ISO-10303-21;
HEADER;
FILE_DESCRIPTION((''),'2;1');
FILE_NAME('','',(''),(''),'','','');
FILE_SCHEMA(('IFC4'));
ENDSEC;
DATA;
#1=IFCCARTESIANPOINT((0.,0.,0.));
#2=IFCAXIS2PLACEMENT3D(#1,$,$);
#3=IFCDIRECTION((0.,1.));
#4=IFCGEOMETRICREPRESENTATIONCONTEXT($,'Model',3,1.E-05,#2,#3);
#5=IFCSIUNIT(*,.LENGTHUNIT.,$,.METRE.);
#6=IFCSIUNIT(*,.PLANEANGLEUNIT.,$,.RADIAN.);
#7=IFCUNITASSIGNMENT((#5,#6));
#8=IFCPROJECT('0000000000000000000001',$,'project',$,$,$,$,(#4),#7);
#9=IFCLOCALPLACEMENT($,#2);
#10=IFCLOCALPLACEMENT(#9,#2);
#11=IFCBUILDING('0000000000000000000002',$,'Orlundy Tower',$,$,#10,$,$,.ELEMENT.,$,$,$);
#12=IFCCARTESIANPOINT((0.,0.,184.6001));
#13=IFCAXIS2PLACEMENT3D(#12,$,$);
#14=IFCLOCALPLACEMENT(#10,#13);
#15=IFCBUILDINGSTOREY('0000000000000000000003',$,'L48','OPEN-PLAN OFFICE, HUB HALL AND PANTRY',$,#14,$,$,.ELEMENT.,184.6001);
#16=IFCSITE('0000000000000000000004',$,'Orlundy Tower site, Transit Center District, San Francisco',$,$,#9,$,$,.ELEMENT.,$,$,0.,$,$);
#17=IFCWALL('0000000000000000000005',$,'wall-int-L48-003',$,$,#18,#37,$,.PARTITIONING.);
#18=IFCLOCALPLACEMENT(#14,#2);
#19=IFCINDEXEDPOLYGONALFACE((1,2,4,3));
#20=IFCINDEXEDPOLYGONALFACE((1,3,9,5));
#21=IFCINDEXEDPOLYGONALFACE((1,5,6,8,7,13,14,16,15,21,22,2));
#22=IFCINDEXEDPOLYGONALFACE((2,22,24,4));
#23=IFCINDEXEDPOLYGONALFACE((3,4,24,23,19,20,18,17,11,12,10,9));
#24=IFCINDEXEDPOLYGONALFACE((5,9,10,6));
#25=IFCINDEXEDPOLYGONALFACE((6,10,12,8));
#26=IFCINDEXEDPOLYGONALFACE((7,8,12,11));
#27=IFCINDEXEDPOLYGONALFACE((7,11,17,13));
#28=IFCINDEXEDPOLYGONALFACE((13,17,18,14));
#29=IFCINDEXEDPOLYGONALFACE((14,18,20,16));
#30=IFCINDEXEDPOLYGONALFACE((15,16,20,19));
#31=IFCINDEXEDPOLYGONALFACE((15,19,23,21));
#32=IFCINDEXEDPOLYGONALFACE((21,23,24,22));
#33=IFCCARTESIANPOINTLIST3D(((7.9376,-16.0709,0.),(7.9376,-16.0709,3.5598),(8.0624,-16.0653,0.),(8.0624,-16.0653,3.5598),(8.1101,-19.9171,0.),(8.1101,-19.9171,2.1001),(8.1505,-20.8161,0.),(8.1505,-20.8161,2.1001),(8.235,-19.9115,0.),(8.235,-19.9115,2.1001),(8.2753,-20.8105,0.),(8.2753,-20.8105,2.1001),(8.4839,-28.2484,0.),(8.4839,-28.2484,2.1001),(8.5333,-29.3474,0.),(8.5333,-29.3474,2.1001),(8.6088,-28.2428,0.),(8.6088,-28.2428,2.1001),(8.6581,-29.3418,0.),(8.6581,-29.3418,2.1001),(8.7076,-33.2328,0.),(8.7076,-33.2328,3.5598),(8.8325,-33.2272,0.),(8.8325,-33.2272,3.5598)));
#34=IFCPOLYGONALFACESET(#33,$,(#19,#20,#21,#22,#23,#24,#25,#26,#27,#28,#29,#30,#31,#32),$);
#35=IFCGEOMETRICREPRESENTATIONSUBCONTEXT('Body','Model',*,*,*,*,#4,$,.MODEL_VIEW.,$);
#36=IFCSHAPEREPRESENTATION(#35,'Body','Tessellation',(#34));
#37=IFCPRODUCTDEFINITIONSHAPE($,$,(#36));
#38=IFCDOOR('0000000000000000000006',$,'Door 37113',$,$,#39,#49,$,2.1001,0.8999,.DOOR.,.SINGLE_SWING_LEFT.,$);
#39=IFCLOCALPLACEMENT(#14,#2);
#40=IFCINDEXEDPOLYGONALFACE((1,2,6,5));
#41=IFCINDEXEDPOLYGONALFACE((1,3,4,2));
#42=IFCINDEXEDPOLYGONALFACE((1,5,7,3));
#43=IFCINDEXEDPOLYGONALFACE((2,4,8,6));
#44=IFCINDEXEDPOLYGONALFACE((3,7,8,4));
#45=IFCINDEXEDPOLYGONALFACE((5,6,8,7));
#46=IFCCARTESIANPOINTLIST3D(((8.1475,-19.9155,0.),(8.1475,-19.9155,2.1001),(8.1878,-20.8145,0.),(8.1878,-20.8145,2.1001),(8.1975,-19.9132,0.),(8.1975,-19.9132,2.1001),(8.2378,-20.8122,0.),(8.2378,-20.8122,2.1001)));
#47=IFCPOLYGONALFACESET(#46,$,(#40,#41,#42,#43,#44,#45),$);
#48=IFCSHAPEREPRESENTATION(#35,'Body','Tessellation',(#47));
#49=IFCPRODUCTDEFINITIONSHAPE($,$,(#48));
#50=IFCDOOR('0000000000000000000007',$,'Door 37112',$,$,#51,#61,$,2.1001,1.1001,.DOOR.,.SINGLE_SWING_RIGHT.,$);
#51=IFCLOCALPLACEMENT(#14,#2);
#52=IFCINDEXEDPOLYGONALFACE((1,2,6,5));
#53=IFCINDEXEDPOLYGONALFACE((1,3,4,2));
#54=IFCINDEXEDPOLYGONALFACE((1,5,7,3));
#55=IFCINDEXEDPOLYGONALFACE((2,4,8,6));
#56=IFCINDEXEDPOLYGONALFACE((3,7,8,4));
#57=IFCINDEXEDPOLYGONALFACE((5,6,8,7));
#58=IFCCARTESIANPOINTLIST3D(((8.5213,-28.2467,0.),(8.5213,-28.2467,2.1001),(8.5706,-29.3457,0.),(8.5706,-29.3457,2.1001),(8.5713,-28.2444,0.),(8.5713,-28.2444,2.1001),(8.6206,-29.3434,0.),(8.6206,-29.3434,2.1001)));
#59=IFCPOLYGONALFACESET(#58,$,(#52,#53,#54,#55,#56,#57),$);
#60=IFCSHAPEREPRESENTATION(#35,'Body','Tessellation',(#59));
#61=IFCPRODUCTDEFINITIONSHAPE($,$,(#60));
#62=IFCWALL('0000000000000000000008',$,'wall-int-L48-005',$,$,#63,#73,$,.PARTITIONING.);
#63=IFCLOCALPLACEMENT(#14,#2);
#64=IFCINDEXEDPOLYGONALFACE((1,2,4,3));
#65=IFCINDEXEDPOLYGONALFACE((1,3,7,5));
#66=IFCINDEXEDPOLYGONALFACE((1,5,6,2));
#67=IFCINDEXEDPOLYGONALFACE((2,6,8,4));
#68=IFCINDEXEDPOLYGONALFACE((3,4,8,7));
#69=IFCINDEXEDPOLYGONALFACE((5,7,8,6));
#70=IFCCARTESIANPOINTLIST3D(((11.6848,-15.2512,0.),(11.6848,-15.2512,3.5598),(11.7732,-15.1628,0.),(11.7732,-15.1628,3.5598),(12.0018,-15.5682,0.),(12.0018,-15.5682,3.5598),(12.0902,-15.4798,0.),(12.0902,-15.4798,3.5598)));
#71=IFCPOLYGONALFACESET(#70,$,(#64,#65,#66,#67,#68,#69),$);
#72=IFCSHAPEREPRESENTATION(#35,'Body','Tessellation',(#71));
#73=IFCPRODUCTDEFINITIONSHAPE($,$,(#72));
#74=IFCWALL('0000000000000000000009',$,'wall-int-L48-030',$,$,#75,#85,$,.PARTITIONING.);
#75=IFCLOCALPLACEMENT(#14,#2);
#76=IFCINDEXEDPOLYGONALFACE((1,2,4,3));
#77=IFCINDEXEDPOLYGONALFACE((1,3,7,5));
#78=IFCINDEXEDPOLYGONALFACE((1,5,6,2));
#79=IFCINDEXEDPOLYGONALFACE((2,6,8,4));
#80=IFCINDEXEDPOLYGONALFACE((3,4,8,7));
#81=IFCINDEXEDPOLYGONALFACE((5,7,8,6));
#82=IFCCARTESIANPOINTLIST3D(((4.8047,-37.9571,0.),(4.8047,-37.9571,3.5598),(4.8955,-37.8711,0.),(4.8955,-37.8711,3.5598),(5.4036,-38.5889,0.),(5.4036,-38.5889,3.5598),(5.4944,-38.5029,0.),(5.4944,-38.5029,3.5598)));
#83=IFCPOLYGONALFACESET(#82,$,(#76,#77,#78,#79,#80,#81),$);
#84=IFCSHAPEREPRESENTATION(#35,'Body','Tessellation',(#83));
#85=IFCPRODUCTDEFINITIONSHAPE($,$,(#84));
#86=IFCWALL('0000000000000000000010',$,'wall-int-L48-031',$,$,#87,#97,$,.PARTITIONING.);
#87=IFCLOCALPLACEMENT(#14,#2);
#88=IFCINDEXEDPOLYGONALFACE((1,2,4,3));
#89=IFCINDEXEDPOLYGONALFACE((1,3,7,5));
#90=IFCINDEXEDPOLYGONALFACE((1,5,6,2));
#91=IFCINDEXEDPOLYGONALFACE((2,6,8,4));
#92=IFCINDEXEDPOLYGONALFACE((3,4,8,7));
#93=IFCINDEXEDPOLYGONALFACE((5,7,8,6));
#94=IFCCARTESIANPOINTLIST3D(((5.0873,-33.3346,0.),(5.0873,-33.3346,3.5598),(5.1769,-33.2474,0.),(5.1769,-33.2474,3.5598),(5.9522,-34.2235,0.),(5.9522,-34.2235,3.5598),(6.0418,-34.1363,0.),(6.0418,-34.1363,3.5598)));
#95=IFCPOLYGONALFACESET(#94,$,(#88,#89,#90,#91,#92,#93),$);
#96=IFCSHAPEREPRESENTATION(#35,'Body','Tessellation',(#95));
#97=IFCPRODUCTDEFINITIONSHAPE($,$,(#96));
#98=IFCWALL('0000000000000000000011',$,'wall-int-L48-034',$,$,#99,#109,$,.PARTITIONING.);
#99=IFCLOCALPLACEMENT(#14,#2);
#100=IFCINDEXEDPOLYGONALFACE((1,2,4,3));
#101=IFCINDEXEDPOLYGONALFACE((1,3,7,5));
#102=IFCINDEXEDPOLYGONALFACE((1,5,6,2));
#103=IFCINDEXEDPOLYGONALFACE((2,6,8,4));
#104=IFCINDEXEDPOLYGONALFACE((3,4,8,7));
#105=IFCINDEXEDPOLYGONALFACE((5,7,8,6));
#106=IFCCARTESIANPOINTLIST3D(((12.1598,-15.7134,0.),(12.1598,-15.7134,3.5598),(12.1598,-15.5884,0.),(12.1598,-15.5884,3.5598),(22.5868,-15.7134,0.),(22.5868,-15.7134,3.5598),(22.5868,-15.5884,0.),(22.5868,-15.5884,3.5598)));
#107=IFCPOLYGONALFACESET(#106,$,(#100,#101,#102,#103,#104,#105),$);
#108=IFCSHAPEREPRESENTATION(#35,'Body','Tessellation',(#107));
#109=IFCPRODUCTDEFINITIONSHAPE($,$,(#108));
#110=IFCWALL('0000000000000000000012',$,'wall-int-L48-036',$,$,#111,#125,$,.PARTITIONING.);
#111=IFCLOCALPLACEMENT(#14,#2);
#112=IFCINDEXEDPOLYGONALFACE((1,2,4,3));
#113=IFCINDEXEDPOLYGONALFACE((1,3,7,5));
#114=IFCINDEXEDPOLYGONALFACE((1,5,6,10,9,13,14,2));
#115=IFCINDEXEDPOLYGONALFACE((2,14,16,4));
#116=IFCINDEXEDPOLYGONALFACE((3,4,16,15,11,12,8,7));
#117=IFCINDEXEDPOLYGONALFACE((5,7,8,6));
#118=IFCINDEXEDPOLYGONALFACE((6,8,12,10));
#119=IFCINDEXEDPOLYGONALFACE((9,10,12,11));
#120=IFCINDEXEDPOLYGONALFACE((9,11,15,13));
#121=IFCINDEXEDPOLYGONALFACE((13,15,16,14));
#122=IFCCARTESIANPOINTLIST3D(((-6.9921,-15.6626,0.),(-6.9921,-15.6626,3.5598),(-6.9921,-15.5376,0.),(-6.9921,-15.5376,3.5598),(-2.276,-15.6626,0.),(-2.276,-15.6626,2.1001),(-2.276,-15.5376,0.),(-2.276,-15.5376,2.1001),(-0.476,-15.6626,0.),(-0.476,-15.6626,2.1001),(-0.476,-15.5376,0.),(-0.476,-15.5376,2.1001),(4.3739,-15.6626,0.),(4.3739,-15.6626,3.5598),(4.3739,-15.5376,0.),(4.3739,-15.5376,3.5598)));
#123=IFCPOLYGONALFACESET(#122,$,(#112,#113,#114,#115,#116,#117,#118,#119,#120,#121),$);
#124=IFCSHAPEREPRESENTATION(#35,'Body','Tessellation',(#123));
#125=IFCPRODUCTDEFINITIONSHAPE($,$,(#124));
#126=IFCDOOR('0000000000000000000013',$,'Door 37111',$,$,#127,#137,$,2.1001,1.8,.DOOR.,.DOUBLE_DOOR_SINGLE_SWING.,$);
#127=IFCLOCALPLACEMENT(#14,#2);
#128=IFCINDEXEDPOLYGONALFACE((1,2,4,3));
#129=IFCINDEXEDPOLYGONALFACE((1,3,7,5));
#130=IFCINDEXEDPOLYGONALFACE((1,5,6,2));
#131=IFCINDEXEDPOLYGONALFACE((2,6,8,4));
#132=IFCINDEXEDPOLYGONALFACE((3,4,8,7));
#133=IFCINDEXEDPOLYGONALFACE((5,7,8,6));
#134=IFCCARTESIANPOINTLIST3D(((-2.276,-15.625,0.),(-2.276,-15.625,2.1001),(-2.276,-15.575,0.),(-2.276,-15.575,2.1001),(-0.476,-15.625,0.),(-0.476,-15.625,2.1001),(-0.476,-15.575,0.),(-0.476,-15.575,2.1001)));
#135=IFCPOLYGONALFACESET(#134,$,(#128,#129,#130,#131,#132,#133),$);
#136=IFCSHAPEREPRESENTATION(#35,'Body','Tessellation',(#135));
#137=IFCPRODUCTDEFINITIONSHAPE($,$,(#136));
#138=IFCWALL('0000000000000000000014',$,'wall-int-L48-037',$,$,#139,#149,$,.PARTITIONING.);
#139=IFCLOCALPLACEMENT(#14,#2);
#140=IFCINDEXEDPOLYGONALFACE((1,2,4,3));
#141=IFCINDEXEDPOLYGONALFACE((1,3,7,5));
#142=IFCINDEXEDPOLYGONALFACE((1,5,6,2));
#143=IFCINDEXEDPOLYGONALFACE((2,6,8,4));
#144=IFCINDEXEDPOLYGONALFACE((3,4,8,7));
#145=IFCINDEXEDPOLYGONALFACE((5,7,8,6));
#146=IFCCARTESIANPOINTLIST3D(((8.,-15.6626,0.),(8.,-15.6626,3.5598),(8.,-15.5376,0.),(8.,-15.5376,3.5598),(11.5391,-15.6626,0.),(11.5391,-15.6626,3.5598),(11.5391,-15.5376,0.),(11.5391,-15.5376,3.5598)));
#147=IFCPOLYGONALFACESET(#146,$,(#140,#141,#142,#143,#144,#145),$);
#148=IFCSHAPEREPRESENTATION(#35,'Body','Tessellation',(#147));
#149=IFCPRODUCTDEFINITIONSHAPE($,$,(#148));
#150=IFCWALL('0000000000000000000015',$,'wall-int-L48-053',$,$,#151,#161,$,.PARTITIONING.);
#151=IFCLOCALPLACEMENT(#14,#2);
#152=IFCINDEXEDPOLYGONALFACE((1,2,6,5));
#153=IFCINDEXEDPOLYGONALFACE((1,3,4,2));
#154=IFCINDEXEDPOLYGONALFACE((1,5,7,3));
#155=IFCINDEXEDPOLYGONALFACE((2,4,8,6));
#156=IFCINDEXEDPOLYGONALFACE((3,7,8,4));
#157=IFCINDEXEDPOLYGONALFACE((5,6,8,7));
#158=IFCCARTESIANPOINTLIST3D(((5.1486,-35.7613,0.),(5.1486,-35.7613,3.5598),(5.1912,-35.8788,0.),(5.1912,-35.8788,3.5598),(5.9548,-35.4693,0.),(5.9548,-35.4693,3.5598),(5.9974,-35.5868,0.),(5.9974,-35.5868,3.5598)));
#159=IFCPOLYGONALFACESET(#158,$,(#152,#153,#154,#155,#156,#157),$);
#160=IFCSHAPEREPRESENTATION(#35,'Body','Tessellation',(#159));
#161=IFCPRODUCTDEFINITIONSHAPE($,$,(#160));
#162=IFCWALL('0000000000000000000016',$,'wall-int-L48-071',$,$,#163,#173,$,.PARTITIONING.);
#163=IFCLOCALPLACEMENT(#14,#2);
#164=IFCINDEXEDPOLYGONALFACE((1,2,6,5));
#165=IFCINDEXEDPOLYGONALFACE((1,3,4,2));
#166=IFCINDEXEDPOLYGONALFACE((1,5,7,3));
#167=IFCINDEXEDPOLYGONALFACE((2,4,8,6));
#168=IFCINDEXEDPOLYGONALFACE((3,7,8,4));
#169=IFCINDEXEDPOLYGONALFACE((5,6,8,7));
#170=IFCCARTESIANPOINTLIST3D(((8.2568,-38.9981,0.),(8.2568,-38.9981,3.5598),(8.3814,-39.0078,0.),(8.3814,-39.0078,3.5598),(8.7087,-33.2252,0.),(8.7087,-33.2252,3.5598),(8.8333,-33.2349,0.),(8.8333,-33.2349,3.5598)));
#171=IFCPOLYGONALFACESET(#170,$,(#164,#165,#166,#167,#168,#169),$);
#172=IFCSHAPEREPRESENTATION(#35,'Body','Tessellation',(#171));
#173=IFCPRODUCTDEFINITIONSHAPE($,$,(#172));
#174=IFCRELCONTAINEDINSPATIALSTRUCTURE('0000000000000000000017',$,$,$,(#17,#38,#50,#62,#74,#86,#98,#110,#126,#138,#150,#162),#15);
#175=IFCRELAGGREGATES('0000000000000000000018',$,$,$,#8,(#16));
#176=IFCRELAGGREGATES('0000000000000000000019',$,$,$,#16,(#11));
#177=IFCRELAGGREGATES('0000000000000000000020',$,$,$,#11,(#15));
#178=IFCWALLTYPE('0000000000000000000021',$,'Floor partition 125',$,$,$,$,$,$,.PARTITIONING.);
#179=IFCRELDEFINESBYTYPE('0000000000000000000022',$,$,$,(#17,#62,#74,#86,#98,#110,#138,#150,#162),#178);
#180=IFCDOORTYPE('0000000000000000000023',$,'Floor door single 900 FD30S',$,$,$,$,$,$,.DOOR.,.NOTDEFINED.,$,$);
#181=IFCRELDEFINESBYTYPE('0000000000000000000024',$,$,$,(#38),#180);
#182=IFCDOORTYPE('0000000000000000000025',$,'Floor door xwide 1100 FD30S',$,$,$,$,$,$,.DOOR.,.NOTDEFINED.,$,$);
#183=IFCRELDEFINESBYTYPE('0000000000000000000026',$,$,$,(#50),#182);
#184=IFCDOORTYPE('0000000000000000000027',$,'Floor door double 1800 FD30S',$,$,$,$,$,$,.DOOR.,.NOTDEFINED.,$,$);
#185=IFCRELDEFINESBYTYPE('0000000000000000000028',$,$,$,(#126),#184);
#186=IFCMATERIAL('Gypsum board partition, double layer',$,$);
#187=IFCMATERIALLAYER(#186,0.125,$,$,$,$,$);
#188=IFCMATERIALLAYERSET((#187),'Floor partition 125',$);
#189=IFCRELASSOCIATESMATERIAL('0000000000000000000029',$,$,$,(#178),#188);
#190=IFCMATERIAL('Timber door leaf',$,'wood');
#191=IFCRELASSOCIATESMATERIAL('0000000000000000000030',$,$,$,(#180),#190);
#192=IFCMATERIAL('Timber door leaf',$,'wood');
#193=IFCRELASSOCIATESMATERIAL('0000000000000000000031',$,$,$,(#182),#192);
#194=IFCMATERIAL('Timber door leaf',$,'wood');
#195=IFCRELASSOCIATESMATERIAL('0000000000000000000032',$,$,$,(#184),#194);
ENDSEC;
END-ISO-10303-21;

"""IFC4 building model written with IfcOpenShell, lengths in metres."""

from ifc_helpers import new_model, si_unit, direction, frame, frame_2d, origin, place, context, subcontext, project, spatial, rectangle, extrude, material, layer, layer_set, type_object, element, fill, save


model = new_model("IFC4")

# Units and contexts
model_context = context("Model", 3, precision=1e-05, world=origin(), true_north=direction((0.0, 1.0)))
body_context = subcontext(model_context, "Body", "Model", "MODEL_VIEW")
ifc_project = project(units=[si_unit("LENGTHUNIT", "METRE"), si_unit("PLANEANGLEUNIT", "RADIAN")], contexts=[model_context])

# Site, building, storey
site_placement = place(None, origin())
site = spatial("IfcSite", under=ifc_project, at=site_placement, Name="Orlundy Tower site, Transit Center District, San Francisco", CompositionType="ELEMENT", RefElevation=0.0)
building_placement = place(site_placement, origin())
building = spatial("IfcBuilding", under=site, at=building_placement, Name="Orlundy Tower", CompositionType="ELEMENT")
storey_placement = place(building_placement, frame((0.0, 0.0, 184.6001)))
storey = spatial("IfcBuildingStorey", under=building, at=storey_placement, Name="L48", Description="OPEN-PLAN OFFICE, HUB HALL AND PANTRY", CompositionType="ELEMENT", Elevation=184.6001)

# Shared definitions
ifc_material_1 = material(Name="Gypsum board partition, double layer")
ifc_layer_1 = layer(ifc_material_1, 0.125)
ifc_layer_set_1 = layer_set([ifc_layer_1], Name="Floor partition 125")
wall_type_1 = type_object("IfcWallType", Name="Floor partition 125", PredefinedType="PARTITIONING", material=ifc_layer_set_1)

# Wall, openings, doors
wall_1_placement = place(storey_placement, frame((8.0, -16.0681, 0.0), z_axis=(0.0, 0.0, 1.0), x_axis=(0.044823, -0.998995, 0.0)))
wall_1 = element("IfcWall", 1, at=wall_1_placement, inside=storey, type_object=wall_type_1, Name="wall-int-L48-003", PredefinedType="PARTITIONING", context=body_context, shape_type="SweptSolid", body=[
    extrude(rectangle(XDim=17.1792, YDim=0.125, at=frame_2d((8.5896, 0.0))), origin(), (0.0, 0.0, 1.0), 3.5598),
])
opening_1_placement = place(wall_1_placement, frame((12.1897, 0.0, 0.0)))
opening_1 = element("IfcOpeningElement", 2, at=opening_1_placement, cuts=wall_1, PredefinedType="OPENING", context=body_context, shape_type="SweptSolid", body=[
    extrude(rectangle(XDim=1.1001, YDim=2.1001, at=frame_2d((0.55, 1.05))), frame((0.0, 0.0725, 0.0), z_axis=(0.0, -1.0, 0.0), x_axis=(1.0, 0.0, 0.0)), (0.0, 0.0, 1.0), 0.145),
])
opening_2_placement = place(wall_1_placement, frame((3.8501, 0.0, 0.0)))
opening_2 = element("IfcOpeningElement", 3, at=opening_2_placement, cuts=wall_1, PredefinedType="OPENING", context=body_context, shape_type="SweptSolid", body=[
    extrude(rectangle(XDim=0.8999, YDim=2.1001, at=frame_2d((0.45, 1.05))), frame((0.0, 0.0725, 0.0), z_axis=(0.0, -1.0, 0.0), x_axis=(1.0, 0.0, 0.0)), (0.0, 0.0, 1.0), 0.145),
])
ifc_material_2 = material(Name="Timber door leaf", Category="wood")
door_type_1 = type_object("IfcDoorType", Name="Floor door single 900 FD30S", OperationType="NOTDEFINED", PredefinedType="DOOR", material=ifc_material_2)
door_1_placement = place(opening_2_placement, origin())
door_1 = element("IfcDoor", 4, at=door_1_placement, inside=storey, type_object=door_type_1, Name="Door 37113", OperationType="SINGLE_SWING_LEFT", OverallHeight=2.1001, OverallWidth=0.8999, PredefinedType="DOOR", context=body_context, shape_type="SweptSolid", body=[
    extrude(rectangle(XDim=0.8999, YDim=2.1001, at=frame_2d((0.45, 1.05))), frame((0.0, 0.0249, 0.0), z_axis=(0.0, -1.0, 0.0), x_axis=(1.0, 0.0, 0.0)), (0.0, 0.0, 1.0), 0.05),
])
fill(opening_2, door_1)
ifc_material_3 = material(Name="Timber door leaf", Category="wood")
door_type_2 = type_object("IfcDoorType", Name="Floor door xwide 1100 FD30S", OperationType="NOTDEFINED", PredefinedType="DOOR", material=ifc_material_3)
door_2_placement = place(opening_1_placement, origin())
door_2 = element("IfcDoor", 5, at=door_2_placement, inside=storey, type_object=door_type_2, Name="Door 37112", OperationType="SINGLE_SWING_RIGHT", OverallHeight=2.1001, OverallWidth=1.1001, PredefinedType="DOOR", context=body_context, shape_type="SweptSolid", body=[
    extrude(rectangle(XDim=1.1001, YDim=2.1001, at=frame_2d((0.55, 1.05))), frame((0.0, 0.0249, 0.0), z_axis=(0.0, -1.0, 0.0), x_axis=(1.0, 0.0, 0.0)), (0.0, 0.0, 1.0), 0.05),
])
fill(opening_1, door_2)

# Walls
wall_2_placement = place(storey_placement, frame((11.729, -15.207, 0.0), z_axis=(0.0, 0.0, 1.0), x_axis=(0.707107, -0.707107, 0.0)))
element("IfcWall", 6, at=wall_2_placement, inside=storey, type_object=wall_type_1, Name="wall-int-L48-005", PredefinedType="PARTITIONING", context=body_context, shape_type="SweptSolid", body=[
    extrude(rectangle(XDim=0.4482, YDim=0.125, at=frame_2d((0.2241, 0.0))), origin(), (0.0, 0.0, 1.0), 3.5598),
])
wall_3_placement = place(storey_placement, frame((4.8501, -37.9141, 0.0), z_axis=(0.0, 0.0, 1.0), x_axis=(0.687924, -0.725783, 0.0)))
element("IfcWall", 7, at=wall_3_placement, inside=storey, type_object=wall_type_1, Name="wall-int-L48-030", PredefinedType="PARTITIONING", context=body_context, shape_type="SweptSolid", body=[
    extrude(rectangle(XDim=0.8706, YDim=0.125, at=frame_2d((0.4353, 0.0))), origin(), (0.0, 0.0, 1.0), 3.5598),
])
wall_4_placement = place(storey_placement, frame((5.1321, -33.291, 0.0), z_axis=(0.0, 0.0, 1.0), x_axis=(0.697396, -0.716686, 0.0)))
element("IfcWall", 8, at=wall_4_placement, inside=storey, type_object=wall_type_1, Name="wall-int-L48-031", PredefinedType="PARTITIONING", context=body_context, shape_type="SweptSolid", body=[
    extrude(rectangle(XDim=1.2402, YDim=0.125, at=frame_2d((0.6201, 0.0))), origin(), (0.0, 0.0, 1.0), 3.5598),
])
wall_5_placement = place(storey_placement, frame((12.1599, -15.6509, 0.0), z_axis=(0.0, 0.0, 1.0), x_axis=(1.0, 0.0, 0.0)))
element("IfcWall", 9, at=wall_5_placement, inside=storey, type_object=wall_type_1, Name="wall-int-L48-034", PredefinedType="PARTITIONING", context=body_context, shape_type="SweptSolid", body=[
    extrude(rectangle(XDim=10.427, YDim=0.125, at=frame_2d((5.2134, 0.0))), origin(), (0.0, 0.0, 1.0), 3.5598),
])

# Wall, opening, door
wall_6_placement = place(storey_placement, frame((4.374, -15.6001, 0.0), z_axis=(0.0, 0.0, 1.0), x_axis=(-1.0, 0.0, 0.0)))
wall_6 = element("IfcWall", 10, at=wall_6_placement, inside=storey, type_object=wall_type_1, Name="wall-int-L48-036", PredefinedType="PARTITIONING", context=body_context, shape_type="SweptSolid", body=[
    extrude(rectangle(XDim=11.366, YDim=0.125, at=frame_2d((5.6831, 0.0))), origin(), (0.0, 0.0, 1.0), 3.5598),
])
opening_3_placement = place(wall_6_placement, frame((4.8501, 0.0, 0.0)))
opening_3 = element("IfcOpeningElement", 11, at=opening_3_placement, cuts=wall_6, PredefinedType="OPENING", context=body_context, shape_type="SweptSolid", body=[
    extrude(rectangle(XDim=1.8, YDim=2.1001, at=frame_2d((0.8999, 1.05))), frame((0.0, 0.0725, 0.0), z_axis=(0.0, -1.0, 0.0), x_axis=(1.0, 0.0, 0.0)), (0.0, 0.0, 1.0), 0.145),
])
ifc_material_4 = material(Name="Timber door leaf", Category="wood")
door_type_3 = type_object("IfcDoorType", Name="Floor door double 1800 FD30S", OperationType="NOTDEFINED", PredefinedType="DOOR", material=ifc_material_4)
door_3_placement = place(opening_3_placement, origin())
door_3 = element("IfcDoor", 12, at=door_3_placement, inside=storey, type_object=door_type_3, Name="Door 37111", OperationType="DOUBLE_DOOR_SINGLE_SWING", OverallHeight=2.1001, OverallWidth=1.8, PredefinedType="DOOR", context=body_context, shape_type="SweptSolid", body=[
    extrude(rectangle(XDim=1.8, YDim=2.1001, at=frame_2d((0.8999, 1.05))), frame((0.0, 0.0249, 0.0), z_axis=(0.0, -1.0, 0.0), x_axis=(1.0, 0.0, 0.0)), (0.0, 0.0, 1.0), 0.05),
])
fill(opening_3, door_3)

# Walls
wall_7_placement = place(storey_placement, frame((8.0, -15.6001, 0.0), z_axis=(0.0, 0.0, 1.0), x_axis=(1.0, 0.0, 0.0)))
element("IfcWall", 13, at=wall_7_placement, inside=storey, type_object=wall_type_1, Name="wall-int-L48-037", PredefinedType="PARTITIONING", context=body_context, shape_type="SweptSolid", body=[
    extrude(rectangle(XDim=3.5391, YDim=0.125, at=frame_2d((1.7695, 0.0))), origin(), (0.0, 0.0, 1.0), 3.5598),
])
wall_8_placement = place(storey_placement, frame((5.1699, -35.8201, 0.0), z_axis=(0.0, 0.0, 1.0), x_axis=(0.940225, 0.340554, 0.0)))
element("IfcWall", 14, at=wall_8_placement, inside=storey, type_object=wall_type_1, Name="wall-int-L48-053", PredefinedType="PARTITIONING", context=body_context, shape_type="SweptSolid", body=[
    extrude(rectangle(XDim=0.8574, YDim=0.125, at=frame_2d((0.4287, 0.0))), origin(), (0.0, 0.0, 1.0), 3.5598),
])
wall_9_placement = place(storey_placement, frame((8.3191, -39.0029, 0.0), z_axis=(0.0, 0.0, 1.0), x_axis=(0.078041, 0.99695, 0.0)))
element("IfcWall", 15, at=wall_9_placement, inside=storey, type_object=wall_type_1, Name="wall-int-L48-071", PredefinedType="PARTITIONING", context=body_context, shape_type="SweptSolid", body=[
    extrude(rectangle(XDim=5.7905, YDim=0.125, at=frame_2d((2.8953, 0.0))), origin(), (0.0, 0.0, 1.0), 3.5598),
])

save(model, "model.ifc")
